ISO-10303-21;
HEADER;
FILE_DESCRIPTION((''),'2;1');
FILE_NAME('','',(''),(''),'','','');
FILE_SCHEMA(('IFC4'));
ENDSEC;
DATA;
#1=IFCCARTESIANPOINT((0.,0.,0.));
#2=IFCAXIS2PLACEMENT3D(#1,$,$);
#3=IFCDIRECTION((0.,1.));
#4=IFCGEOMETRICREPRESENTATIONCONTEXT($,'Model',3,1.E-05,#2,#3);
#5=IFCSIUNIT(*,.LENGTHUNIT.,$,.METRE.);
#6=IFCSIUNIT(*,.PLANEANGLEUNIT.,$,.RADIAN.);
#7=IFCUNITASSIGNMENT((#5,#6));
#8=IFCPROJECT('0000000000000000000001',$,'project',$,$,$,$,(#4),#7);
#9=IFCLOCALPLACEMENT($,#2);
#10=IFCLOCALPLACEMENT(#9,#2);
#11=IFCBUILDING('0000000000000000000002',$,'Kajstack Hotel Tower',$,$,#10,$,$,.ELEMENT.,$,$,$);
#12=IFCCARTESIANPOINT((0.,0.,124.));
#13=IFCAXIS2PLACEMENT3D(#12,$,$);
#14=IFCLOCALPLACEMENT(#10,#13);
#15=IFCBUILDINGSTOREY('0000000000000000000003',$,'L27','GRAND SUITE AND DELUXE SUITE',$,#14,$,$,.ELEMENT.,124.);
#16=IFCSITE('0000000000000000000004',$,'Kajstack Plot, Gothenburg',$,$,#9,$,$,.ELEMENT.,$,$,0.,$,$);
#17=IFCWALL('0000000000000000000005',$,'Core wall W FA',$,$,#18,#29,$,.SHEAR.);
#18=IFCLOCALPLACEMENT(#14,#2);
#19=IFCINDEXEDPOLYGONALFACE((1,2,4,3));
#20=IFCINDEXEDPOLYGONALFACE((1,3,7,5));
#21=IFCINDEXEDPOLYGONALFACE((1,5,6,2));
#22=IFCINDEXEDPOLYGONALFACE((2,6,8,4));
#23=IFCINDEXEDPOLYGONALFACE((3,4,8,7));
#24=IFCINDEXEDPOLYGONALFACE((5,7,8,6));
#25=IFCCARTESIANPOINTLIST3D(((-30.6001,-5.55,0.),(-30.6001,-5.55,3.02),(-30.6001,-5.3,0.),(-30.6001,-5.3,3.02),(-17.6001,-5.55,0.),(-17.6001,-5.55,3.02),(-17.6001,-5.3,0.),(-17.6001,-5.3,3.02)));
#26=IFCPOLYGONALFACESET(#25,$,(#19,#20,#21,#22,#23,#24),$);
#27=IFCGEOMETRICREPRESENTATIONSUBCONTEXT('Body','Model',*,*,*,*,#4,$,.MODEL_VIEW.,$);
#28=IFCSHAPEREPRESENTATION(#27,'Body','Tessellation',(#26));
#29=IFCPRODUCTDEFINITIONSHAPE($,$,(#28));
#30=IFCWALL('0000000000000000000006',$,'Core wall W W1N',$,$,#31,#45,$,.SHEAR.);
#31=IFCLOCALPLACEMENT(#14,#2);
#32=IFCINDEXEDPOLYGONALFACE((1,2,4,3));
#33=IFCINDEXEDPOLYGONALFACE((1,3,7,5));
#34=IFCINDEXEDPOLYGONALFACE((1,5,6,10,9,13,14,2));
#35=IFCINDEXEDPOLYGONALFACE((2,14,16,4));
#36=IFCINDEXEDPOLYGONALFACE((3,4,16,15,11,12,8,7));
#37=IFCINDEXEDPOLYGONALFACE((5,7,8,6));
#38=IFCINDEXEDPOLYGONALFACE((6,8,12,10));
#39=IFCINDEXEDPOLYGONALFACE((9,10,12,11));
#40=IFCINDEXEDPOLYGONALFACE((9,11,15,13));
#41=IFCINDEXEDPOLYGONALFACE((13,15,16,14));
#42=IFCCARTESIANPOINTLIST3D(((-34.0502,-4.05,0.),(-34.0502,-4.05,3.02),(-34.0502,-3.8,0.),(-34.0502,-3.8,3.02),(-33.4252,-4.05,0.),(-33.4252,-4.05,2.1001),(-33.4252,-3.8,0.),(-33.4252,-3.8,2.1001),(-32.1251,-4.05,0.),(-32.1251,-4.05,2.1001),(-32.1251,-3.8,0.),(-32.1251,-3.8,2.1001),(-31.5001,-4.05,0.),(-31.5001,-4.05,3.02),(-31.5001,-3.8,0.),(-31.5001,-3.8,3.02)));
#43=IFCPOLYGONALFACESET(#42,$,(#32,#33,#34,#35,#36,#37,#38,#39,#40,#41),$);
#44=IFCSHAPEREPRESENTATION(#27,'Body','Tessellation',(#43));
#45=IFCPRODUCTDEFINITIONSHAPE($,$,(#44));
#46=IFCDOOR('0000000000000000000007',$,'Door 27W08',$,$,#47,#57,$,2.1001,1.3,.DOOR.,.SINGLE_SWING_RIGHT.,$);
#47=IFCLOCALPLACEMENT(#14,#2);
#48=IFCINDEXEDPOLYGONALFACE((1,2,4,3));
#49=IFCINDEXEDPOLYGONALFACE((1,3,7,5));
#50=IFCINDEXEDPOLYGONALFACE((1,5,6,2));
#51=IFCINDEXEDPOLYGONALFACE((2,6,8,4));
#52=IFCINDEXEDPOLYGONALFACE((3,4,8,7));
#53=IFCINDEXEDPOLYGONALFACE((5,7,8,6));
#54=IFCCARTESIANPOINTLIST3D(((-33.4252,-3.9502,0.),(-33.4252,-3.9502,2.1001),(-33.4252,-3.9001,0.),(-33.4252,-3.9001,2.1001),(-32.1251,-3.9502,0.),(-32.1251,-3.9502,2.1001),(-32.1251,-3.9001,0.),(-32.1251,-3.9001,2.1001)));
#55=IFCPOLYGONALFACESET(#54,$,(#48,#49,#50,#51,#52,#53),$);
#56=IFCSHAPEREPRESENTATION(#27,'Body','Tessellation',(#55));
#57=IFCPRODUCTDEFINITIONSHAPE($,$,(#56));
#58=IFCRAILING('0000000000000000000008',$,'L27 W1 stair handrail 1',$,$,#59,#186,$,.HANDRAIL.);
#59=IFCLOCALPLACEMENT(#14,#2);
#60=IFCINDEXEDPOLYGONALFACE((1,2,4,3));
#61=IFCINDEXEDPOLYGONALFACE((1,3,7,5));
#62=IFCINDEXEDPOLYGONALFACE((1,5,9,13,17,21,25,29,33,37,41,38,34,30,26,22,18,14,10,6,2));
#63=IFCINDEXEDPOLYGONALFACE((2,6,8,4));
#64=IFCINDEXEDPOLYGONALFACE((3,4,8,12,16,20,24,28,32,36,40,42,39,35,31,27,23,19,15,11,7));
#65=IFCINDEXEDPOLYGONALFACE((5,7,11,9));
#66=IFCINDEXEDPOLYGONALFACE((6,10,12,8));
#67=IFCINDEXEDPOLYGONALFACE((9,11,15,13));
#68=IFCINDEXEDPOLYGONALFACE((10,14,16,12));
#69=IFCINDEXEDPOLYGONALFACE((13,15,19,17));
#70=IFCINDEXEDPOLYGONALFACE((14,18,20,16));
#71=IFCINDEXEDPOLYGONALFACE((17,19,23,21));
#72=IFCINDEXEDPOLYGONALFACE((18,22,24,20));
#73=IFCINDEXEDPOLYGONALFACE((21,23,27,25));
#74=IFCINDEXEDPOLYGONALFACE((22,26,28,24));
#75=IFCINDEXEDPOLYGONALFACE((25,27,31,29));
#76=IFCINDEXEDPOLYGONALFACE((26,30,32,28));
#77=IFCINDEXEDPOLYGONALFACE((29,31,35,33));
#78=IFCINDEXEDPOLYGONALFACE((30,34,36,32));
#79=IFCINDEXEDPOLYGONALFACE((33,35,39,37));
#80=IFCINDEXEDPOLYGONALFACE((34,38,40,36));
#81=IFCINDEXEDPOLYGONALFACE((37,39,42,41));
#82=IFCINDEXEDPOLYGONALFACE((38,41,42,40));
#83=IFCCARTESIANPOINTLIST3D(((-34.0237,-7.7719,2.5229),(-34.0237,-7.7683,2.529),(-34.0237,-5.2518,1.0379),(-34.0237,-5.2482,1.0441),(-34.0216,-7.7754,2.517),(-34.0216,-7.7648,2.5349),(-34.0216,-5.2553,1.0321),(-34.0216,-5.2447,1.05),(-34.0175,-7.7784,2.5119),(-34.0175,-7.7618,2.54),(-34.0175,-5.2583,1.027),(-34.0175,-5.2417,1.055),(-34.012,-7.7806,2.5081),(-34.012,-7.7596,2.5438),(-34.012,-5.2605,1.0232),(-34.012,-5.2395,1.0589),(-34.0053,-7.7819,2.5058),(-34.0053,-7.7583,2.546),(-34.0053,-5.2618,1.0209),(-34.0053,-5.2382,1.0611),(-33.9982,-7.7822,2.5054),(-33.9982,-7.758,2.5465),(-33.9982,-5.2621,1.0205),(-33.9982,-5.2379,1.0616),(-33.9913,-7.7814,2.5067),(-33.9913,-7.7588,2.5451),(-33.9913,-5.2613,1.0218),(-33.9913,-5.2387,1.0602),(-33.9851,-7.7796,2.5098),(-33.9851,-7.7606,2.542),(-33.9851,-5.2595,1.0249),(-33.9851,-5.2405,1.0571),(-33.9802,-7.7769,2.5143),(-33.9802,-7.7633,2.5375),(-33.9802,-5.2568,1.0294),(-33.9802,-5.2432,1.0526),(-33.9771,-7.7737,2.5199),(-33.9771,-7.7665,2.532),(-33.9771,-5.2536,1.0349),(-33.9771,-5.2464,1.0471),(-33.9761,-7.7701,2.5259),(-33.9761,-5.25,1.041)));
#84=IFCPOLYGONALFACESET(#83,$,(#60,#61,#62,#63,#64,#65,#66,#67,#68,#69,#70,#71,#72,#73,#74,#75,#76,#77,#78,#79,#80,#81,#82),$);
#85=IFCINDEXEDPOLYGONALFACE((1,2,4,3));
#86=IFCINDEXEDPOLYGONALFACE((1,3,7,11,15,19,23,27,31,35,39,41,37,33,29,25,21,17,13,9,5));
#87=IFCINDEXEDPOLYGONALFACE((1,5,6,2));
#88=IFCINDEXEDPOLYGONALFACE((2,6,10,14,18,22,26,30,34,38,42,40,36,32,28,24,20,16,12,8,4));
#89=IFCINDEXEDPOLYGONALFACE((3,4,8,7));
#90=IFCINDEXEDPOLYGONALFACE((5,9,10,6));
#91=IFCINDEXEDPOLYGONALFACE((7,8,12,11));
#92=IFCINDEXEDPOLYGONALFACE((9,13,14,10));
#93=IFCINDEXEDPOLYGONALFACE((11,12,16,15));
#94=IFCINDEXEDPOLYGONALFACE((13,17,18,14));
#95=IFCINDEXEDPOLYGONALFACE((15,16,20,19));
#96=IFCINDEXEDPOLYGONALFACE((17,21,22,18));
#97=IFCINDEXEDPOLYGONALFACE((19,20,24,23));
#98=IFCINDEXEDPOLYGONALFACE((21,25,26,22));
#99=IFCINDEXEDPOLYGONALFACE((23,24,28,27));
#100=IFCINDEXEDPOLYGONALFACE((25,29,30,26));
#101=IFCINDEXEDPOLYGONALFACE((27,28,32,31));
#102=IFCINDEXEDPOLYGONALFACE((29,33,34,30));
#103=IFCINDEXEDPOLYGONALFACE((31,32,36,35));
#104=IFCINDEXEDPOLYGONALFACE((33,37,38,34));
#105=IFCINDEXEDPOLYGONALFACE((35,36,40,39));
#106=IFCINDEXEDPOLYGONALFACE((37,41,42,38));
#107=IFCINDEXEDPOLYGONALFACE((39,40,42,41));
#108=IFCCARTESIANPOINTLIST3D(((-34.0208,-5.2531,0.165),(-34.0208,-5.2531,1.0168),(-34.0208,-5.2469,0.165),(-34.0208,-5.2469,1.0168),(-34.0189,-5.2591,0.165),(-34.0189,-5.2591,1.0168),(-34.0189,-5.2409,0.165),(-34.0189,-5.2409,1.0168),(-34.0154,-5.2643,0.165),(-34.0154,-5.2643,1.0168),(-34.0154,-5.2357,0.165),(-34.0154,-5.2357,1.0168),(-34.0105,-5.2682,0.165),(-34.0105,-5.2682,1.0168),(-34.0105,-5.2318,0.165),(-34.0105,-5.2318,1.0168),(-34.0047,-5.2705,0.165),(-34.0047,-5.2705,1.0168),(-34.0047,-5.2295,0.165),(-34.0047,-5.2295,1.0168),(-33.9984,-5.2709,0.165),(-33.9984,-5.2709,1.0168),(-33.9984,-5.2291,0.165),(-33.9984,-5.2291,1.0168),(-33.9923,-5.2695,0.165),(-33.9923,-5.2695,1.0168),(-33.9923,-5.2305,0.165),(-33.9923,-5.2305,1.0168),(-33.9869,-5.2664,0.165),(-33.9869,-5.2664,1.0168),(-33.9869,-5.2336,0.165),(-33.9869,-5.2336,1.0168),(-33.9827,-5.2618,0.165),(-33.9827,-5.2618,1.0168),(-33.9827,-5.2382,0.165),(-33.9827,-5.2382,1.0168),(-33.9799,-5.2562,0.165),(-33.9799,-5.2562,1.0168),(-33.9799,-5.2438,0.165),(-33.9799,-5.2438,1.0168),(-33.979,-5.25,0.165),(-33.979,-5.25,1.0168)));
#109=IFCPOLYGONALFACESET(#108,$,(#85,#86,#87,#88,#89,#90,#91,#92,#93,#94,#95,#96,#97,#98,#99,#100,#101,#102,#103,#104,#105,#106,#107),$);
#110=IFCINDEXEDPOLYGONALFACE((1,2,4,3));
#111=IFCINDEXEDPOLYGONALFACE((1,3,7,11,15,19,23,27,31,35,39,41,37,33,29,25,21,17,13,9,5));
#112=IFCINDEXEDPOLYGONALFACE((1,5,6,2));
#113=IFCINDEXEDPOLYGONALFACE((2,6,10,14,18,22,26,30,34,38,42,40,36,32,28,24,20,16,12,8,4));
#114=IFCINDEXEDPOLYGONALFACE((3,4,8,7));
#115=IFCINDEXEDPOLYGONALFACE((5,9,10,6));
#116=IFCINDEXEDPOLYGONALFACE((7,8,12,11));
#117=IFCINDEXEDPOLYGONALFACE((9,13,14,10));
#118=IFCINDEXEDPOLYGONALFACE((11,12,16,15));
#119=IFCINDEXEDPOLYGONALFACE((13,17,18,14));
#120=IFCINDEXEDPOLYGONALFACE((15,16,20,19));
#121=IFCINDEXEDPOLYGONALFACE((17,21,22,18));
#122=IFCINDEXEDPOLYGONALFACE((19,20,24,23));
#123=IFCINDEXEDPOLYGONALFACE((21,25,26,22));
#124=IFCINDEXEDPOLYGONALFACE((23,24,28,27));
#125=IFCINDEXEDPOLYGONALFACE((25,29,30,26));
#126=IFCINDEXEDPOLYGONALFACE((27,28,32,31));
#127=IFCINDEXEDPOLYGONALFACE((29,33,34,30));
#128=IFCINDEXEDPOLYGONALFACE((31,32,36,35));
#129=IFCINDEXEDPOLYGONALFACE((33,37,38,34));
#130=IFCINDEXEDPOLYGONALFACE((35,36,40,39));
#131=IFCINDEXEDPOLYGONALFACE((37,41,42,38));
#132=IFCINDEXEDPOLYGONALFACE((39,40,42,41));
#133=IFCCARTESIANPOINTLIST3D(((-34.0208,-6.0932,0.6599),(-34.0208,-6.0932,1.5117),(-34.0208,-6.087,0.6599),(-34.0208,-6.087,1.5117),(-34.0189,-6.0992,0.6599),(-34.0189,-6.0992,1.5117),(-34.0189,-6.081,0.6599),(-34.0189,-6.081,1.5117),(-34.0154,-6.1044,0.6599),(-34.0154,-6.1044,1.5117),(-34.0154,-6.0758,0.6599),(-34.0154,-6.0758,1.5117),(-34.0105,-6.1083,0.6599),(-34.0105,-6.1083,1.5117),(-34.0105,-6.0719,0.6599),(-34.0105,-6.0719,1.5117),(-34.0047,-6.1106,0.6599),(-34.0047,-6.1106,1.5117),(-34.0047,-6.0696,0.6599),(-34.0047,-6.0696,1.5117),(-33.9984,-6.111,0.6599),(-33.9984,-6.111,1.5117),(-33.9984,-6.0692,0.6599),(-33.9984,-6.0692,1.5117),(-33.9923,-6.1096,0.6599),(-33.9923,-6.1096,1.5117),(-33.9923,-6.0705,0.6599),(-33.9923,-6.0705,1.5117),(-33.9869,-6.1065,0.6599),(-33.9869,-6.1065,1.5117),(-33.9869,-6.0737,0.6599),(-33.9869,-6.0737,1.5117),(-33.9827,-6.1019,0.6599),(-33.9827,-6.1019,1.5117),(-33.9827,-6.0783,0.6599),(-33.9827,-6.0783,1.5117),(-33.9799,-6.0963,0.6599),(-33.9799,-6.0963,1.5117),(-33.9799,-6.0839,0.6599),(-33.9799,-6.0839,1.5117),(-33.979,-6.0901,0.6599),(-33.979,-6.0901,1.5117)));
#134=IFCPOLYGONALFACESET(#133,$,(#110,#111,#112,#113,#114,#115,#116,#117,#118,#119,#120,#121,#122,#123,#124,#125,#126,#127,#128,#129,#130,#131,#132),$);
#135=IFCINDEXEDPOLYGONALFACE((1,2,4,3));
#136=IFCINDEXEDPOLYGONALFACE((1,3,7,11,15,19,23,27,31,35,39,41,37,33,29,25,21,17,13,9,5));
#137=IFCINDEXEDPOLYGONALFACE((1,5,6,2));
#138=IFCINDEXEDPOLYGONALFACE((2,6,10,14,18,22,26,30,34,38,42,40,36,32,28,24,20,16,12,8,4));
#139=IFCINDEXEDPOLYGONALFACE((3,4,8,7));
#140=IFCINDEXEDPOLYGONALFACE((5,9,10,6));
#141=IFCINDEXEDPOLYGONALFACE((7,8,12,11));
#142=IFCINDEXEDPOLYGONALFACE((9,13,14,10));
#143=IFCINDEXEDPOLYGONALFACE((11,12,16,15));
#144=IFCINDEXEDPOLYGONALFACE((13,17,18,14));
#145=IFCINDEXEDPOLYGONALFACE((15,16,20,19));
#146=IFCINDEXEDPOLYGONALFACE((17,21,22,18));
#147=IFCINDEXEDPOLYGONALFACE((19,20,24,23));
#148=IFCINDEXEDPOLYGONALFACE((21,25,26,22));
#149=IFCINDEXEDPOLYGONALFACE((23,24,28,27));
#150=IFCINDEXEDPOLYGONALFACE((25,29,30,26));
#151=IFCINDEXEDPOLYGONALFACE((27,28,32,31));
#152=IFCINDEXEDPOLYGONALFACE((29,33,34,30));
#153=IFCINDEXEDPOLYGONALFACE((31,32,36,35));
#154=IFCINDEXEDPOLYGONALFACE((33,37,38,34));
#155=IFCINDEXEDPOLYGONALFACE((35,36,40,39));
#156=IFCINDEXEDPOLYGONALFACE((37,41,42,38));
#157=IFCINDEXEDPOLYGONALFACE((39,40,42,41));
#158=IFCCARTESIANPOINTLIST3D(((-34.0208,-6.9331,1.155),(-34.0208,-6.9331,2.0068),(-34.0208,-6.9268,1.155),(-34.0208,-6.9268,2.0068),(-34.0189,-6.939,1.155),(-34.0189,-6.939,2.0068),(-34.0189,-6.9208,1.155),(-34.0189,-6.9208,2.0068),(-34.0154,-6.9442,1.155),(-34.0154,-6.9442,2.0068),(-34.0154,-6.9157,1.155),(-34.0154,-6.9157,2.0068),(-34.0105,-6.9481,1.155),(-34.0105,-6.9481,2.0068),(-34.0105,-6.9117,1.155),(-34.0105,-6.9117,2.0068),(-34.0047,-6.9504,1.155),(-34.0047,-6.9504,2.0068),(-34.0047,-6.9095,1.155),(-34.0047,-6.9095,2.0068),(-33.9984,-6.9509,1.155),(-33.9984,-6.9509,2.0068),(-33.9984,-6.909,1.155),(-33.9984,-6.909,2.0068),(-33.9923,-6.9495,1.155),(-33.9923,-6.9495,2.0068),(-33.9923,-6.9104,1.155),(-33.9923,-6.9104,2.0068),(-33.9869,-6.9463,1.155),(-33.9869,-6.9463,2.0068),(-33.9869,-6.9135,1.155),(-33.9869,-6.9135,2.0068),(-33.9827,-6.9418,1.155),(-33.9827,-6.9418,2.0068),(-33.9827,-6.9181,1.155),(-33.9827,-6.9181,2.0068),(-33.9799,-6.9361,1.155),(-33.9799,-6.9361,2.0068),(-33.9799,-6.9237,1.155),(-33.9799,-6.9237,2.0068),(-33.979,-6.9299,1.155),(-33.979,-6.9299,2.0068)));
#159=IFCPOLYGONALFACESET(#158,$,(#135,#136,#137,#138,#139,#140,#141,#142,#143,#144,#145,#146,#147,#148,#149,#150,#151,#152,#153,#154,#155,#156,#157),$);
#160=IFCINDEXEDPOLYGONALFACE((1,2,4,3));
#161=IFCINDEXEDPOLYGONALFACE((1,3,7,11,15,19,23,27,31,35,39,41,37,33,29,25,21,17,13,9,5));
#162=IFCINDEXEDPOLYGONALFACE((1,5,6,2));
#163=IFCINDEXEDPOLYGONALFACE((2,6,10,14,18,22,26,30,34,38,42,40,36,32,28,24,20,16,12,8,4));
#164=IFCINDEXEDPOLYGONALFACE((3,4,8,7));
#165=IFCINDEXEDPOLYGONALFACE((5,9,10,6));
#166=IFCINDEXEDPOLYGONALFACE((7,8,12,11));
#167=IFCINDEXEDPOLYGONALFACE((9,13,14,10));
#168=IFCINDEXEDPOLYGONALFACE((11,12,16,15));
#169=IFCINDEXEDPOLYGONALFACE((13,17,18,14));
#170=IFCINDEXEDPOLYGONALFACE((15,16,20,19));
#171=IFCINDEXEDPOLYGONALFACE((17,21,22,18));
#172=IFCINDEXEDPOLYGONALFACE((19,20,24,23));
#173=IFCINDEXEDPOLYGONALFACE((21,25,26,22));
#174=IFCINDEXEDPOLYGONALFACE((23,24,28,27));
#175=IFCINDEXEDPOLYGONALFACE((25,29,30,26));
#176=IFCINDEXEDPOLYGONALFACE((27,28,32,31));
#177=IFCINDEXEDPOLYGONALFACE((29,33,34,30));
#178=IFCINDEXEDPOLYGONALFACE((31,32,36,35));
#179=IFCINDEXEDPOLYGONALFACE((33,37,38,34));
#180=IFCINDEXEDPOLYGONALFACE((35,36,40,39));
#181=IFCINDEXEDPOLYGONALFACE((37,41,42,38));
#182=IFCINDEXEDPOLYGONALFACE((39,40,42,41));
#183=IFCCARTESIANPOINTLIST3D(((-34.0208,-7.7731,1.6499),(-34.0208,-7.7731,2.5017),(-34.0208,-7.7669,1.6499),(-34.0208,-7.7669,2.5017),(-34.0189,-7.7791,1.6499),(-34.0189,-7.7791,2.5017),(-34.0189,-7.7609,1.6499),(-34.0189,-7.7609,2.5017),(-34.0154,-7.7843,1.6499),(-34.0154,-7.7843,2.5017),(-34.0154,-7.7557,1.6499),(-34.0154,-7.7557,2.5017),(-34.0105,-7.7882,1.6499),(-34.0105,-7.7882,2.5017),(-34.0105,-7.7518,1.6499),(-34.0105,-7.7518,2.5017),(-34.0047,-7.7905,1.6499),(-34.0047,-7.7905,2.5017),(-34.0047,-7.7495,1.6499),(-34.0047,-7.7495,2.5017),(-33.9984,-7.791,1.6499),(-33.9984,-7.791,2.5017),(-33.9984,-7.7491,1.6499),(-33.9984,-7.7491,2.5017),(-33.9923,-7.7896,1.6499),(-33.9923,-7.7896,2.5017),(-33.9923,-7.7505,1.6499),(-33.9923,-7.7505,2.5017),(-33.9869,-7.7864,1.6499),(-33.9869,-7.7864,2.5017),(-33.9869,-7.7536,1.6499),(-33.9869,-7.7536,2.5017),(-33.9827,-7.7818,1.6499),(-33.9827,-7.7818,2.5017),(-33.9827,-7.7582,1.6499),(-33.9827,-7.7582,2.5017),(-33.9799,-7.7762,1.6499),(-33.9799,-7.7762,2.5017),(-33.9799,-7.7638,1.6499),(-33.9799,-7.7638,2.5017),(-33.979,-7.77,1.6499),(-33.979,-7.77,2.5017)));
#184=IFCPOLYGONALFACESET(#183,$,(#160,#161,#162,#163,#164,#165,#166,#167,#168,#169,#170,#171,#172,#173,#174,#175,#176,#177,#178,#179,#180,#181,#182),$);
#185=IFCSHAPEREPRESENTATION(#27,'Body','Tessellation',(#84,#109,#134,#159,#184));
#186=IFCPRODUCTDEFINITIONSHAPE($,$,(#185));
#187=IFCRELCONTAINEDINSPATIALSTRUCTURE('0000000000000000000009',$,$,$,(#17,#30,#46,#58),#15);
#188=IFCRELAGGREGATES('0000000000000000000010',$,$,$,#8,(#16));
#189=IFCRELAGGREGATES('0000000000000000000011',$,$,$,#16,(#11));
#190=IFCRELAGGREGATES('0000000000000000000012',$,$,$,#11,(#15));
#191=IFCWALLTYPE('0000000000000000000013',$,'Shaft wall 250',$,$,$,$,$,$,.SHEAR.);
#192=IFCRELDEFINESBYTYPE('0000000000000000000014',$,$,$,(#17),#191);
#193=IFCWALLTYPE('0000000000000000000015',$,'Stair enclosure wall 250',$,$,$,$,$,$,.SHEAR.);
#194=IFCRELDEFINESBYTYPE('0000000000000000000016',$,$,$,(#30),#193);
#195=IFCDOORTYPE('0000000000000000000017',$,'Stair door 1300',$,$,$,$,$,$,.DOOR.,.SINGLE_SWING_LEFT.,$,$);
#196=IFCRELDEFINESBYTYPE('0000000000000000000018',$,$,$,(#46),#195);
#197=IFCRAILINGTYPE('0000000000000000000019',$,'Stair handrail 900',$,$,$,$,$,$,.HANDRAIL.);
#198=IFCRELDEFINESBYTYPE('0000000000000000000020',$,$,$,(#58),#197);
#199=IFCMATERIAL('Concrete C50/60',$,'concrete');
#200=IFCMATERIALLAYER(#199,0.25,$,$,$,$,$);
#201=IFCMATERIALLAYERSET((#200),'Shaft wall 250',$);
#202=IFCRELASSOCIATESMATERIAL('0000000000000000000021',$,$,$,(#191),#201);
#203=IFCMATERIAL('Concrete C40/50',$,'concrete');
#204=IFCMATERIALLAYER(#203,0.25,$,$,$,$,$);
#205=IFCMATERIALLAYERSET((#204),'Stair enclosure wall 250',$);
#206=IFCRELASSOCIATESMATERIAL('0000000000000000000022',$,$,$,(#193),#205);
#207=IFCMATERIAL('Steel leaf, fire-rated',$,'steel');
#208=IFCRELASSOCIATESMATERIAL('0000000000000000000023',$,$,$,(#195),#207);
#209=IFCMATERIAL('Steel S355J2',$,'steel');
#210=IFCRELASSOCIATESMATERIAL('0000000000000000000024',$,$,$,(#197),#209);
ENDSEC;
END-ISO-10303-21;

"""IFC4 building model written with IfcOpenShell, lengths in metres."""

from ifc_helpers import new_model, si_unit, direction, frame, frame_2d, origin, origin_2d, place, context, subcontext, project, spatial, rectangle, circle, extrude, material, layer, layer_set, type_object, element, fill, save


model = new_model("IFC4")

# Units and contexts
model_context = context("Model", 3, precision=1e-05, world=origin(), true_north=direction((0.0, 1.0)))
body_context = subcontext(model_context, "Body", "Model", "MODEL_VIEW")
ifc_project = project(units=[si_unit("LENGTHUNIT", "METRE"), si_unit("PLANEANGLEUNIT", "RADIAN")], contexts=[model_context])

# Site, building, storey
site_placement = place(None, origin())
site = spatial("IfcSite", under=ifc_project, at=site_placement, Name="Kajstack Plot, Gothenburg", CompositionType="ELEMENT", RefElevation=0.0)
building_placement = place(site_placement, origin())
building = spatial("IfcBuilding", under=site, at=building_placement, Name="Kajstack Hotel Tower", CompositionType="ELEMENT")
storey_placement = place(building_placement, frame((0.0, 0.0, 124.0)))
storey = spatial("IfcBuildingStorey", under=building, at=storey_placement, Name="L27", Description="GRAND SUITE AND DELUXE SUITE", CompositionType="ELEMENT", Elevation=124.0)

# Shared definitions
ifc_material_1 = material(Name="Steel leaf, fire-rated", Category="steel")

# Wall
ifc_material_2 = material(Name="Concrete C50/60", Category="concrete")
ifc_layer_1 = layer(ifc_material_2, 0.25)
ifc_layer_set_1 = layer_set([ifc_layer_1], Name="Shaft wall 250")
wall_type_1 = type_object("IfcWallType", Name="Shaft wall 250", PredefinedType="SHEAR", material=ifc_layer_set_1)
wall_1_placement = place(storey_placement, frame((-30.6001, -5.425, 0.0), z_axis=(0.0, 0.0, 1.0), x_axis=(1.0, 0.0, 0.0)))
element("IfcWall", 1, at=wall_1_placement, inside=storey, type_object=wall_type_1, Name="Core wall W FA", PredefinedType="SHEAR", context=body_context, shape_type="SweptSolid", body=[
    extrude(rectangle(XDim=13.0, YDim=0.25, at=frame_2d((6.5, 0.0))), origin(), (0.0, 0.0, 1.0), 3.02),
])

# Wall, opening, door
ifc_material_3 = material(Name="Concrete C40/50", Category="concrete")
ifc_layer_2 = layer(ifc_material_3, 0.25)
ifc_layer_set_2 = layer_set([ifc_layer_2], Name="Stair enclosure wall 250")
wall_type_2 = type_object("IfcWallType", Name="Stair enclosure wall 250", PredefinedType="SHEAR", material=ifc_layer_set_2)
wall_2_placement = place(storey_placement, frame((-34.05, -3.925, 0.0), z_axis=(0.0, 0.0, 1.0), x_axis=(1.0, 0.0, 0.0)))
wall_2 = element("IfcWall", 2, at=wall_2_placement, inside=storey, type_object=wall_type_2, Name="Core wall W W1N", PredefinedType="SHEAR", context=body_context, shape_type="SweptSolid", body=[
    extrude(rectangle(XDim=2.55, YDim=0.25, at=frame_2d((1.2749, 0.0))), origin(), (0.0, 0.0, 1.0), 3.02),
])
opening_1_placement = place(wall_2_placement, frame((0.625, 0.0, 0.0)))
opening_1 = element("IfcOpeningElement", 3, at=opening_1_placement, cuts=wall_2, PredefinedType="OPENING", context=body_context, shape_type="SweptSolid", body=[
    extrude(rectangle(XDim=1.3, YDim=2.1001, at=frame_2d((0.6499, 1.05))), frame((0.0, 0.135, 0.0), z_axis=(0.0, -1.0, 0.0), x_axis=(1.0, 0.0, 0.0)), (0.0, 0.0, 1.0), 0.27),
])
door_type_1 = type_object("IfcDoorType", Name="Stair door 1300", OperationType="SINGLE_SWING_LEFT", PredefinedType="DOOR", material=ifc_material_1)
door_1_placement = place(opening_1_placement, origin())
door_1 = element("IfcDoor", 4, at=door_1_placement, inside=storey, type_object=door_type_1, Name="Door 27W08", OperationType="SINGLE_SWING_RIGHT", OverallHeight=2.1001, OverallWidth=1.3, PredefinedType="DOOR", context=body_context, shape_type="SweptSolid", body=[
    extrude(rectangle(XDim=1.3, YDim=2.1001, at=frame_2d((0.6499, 1.05))), frame((0.0, 0.0249, 0.0), z_axis=(0.0, -1.0, 0.0), x_axis=(1.0, 0.0, 0.0)), (0.0, 0.0, 1.0), 0.05),
])
fill(opening_1, door_1)

# Railing
ifc_material_4 = material(Name="Steel S355J2", Category="steel")
railing_type_1 = type_object("IfcRailingType", Name="Stair handrail 900", PredefinedType="HANDRAIL", material=ifc_material_4)
railing_1_placement = place(storey_placement, frame((-34.0, -5.25, 0.165)))
element("IfcRailing", 5, at=railing_1_placement, inside=storey, type_object=railing_type_1, Name="L27 W1 stair handrail 1", PredefinedType="HANDRAIL", context=body_context, shape_type="SweptSolid", body=[
    extrude(circle(Radius=0.0239, at=origin_2d()), frame((0.0, 0.0, 0.876), z_axis=(0.0, -0.861561, 0.507655), x_axis=(1.0, 0.0, 0.0)), (0.0, 0.0, 1.0), 2.925),
    extrude(circle(Radius=0.021, at=origin_2d()), origin(), (0.0, 0.0, 1.0), 0.8518),
    extrude(circle(Radius=0.021, at=origin_2d()), frame((0.0, -0.8401, 0.4949)), (0.0, 0.0, 1.0), 0.8518),
    extrude(circle(Radius=0.021, at=origin_2d()), frame((0.0, -1.6799, 0.99)), (0.0, 0.0, 1.0), 0.8518),
    extrude(circle(Radius=0.021, at=origin_2d()), frame((0.0, -2.52, 1.4849)), (0.0, 0.0, 1.0), 0.8518),
])

save(model, "model.ifc")
